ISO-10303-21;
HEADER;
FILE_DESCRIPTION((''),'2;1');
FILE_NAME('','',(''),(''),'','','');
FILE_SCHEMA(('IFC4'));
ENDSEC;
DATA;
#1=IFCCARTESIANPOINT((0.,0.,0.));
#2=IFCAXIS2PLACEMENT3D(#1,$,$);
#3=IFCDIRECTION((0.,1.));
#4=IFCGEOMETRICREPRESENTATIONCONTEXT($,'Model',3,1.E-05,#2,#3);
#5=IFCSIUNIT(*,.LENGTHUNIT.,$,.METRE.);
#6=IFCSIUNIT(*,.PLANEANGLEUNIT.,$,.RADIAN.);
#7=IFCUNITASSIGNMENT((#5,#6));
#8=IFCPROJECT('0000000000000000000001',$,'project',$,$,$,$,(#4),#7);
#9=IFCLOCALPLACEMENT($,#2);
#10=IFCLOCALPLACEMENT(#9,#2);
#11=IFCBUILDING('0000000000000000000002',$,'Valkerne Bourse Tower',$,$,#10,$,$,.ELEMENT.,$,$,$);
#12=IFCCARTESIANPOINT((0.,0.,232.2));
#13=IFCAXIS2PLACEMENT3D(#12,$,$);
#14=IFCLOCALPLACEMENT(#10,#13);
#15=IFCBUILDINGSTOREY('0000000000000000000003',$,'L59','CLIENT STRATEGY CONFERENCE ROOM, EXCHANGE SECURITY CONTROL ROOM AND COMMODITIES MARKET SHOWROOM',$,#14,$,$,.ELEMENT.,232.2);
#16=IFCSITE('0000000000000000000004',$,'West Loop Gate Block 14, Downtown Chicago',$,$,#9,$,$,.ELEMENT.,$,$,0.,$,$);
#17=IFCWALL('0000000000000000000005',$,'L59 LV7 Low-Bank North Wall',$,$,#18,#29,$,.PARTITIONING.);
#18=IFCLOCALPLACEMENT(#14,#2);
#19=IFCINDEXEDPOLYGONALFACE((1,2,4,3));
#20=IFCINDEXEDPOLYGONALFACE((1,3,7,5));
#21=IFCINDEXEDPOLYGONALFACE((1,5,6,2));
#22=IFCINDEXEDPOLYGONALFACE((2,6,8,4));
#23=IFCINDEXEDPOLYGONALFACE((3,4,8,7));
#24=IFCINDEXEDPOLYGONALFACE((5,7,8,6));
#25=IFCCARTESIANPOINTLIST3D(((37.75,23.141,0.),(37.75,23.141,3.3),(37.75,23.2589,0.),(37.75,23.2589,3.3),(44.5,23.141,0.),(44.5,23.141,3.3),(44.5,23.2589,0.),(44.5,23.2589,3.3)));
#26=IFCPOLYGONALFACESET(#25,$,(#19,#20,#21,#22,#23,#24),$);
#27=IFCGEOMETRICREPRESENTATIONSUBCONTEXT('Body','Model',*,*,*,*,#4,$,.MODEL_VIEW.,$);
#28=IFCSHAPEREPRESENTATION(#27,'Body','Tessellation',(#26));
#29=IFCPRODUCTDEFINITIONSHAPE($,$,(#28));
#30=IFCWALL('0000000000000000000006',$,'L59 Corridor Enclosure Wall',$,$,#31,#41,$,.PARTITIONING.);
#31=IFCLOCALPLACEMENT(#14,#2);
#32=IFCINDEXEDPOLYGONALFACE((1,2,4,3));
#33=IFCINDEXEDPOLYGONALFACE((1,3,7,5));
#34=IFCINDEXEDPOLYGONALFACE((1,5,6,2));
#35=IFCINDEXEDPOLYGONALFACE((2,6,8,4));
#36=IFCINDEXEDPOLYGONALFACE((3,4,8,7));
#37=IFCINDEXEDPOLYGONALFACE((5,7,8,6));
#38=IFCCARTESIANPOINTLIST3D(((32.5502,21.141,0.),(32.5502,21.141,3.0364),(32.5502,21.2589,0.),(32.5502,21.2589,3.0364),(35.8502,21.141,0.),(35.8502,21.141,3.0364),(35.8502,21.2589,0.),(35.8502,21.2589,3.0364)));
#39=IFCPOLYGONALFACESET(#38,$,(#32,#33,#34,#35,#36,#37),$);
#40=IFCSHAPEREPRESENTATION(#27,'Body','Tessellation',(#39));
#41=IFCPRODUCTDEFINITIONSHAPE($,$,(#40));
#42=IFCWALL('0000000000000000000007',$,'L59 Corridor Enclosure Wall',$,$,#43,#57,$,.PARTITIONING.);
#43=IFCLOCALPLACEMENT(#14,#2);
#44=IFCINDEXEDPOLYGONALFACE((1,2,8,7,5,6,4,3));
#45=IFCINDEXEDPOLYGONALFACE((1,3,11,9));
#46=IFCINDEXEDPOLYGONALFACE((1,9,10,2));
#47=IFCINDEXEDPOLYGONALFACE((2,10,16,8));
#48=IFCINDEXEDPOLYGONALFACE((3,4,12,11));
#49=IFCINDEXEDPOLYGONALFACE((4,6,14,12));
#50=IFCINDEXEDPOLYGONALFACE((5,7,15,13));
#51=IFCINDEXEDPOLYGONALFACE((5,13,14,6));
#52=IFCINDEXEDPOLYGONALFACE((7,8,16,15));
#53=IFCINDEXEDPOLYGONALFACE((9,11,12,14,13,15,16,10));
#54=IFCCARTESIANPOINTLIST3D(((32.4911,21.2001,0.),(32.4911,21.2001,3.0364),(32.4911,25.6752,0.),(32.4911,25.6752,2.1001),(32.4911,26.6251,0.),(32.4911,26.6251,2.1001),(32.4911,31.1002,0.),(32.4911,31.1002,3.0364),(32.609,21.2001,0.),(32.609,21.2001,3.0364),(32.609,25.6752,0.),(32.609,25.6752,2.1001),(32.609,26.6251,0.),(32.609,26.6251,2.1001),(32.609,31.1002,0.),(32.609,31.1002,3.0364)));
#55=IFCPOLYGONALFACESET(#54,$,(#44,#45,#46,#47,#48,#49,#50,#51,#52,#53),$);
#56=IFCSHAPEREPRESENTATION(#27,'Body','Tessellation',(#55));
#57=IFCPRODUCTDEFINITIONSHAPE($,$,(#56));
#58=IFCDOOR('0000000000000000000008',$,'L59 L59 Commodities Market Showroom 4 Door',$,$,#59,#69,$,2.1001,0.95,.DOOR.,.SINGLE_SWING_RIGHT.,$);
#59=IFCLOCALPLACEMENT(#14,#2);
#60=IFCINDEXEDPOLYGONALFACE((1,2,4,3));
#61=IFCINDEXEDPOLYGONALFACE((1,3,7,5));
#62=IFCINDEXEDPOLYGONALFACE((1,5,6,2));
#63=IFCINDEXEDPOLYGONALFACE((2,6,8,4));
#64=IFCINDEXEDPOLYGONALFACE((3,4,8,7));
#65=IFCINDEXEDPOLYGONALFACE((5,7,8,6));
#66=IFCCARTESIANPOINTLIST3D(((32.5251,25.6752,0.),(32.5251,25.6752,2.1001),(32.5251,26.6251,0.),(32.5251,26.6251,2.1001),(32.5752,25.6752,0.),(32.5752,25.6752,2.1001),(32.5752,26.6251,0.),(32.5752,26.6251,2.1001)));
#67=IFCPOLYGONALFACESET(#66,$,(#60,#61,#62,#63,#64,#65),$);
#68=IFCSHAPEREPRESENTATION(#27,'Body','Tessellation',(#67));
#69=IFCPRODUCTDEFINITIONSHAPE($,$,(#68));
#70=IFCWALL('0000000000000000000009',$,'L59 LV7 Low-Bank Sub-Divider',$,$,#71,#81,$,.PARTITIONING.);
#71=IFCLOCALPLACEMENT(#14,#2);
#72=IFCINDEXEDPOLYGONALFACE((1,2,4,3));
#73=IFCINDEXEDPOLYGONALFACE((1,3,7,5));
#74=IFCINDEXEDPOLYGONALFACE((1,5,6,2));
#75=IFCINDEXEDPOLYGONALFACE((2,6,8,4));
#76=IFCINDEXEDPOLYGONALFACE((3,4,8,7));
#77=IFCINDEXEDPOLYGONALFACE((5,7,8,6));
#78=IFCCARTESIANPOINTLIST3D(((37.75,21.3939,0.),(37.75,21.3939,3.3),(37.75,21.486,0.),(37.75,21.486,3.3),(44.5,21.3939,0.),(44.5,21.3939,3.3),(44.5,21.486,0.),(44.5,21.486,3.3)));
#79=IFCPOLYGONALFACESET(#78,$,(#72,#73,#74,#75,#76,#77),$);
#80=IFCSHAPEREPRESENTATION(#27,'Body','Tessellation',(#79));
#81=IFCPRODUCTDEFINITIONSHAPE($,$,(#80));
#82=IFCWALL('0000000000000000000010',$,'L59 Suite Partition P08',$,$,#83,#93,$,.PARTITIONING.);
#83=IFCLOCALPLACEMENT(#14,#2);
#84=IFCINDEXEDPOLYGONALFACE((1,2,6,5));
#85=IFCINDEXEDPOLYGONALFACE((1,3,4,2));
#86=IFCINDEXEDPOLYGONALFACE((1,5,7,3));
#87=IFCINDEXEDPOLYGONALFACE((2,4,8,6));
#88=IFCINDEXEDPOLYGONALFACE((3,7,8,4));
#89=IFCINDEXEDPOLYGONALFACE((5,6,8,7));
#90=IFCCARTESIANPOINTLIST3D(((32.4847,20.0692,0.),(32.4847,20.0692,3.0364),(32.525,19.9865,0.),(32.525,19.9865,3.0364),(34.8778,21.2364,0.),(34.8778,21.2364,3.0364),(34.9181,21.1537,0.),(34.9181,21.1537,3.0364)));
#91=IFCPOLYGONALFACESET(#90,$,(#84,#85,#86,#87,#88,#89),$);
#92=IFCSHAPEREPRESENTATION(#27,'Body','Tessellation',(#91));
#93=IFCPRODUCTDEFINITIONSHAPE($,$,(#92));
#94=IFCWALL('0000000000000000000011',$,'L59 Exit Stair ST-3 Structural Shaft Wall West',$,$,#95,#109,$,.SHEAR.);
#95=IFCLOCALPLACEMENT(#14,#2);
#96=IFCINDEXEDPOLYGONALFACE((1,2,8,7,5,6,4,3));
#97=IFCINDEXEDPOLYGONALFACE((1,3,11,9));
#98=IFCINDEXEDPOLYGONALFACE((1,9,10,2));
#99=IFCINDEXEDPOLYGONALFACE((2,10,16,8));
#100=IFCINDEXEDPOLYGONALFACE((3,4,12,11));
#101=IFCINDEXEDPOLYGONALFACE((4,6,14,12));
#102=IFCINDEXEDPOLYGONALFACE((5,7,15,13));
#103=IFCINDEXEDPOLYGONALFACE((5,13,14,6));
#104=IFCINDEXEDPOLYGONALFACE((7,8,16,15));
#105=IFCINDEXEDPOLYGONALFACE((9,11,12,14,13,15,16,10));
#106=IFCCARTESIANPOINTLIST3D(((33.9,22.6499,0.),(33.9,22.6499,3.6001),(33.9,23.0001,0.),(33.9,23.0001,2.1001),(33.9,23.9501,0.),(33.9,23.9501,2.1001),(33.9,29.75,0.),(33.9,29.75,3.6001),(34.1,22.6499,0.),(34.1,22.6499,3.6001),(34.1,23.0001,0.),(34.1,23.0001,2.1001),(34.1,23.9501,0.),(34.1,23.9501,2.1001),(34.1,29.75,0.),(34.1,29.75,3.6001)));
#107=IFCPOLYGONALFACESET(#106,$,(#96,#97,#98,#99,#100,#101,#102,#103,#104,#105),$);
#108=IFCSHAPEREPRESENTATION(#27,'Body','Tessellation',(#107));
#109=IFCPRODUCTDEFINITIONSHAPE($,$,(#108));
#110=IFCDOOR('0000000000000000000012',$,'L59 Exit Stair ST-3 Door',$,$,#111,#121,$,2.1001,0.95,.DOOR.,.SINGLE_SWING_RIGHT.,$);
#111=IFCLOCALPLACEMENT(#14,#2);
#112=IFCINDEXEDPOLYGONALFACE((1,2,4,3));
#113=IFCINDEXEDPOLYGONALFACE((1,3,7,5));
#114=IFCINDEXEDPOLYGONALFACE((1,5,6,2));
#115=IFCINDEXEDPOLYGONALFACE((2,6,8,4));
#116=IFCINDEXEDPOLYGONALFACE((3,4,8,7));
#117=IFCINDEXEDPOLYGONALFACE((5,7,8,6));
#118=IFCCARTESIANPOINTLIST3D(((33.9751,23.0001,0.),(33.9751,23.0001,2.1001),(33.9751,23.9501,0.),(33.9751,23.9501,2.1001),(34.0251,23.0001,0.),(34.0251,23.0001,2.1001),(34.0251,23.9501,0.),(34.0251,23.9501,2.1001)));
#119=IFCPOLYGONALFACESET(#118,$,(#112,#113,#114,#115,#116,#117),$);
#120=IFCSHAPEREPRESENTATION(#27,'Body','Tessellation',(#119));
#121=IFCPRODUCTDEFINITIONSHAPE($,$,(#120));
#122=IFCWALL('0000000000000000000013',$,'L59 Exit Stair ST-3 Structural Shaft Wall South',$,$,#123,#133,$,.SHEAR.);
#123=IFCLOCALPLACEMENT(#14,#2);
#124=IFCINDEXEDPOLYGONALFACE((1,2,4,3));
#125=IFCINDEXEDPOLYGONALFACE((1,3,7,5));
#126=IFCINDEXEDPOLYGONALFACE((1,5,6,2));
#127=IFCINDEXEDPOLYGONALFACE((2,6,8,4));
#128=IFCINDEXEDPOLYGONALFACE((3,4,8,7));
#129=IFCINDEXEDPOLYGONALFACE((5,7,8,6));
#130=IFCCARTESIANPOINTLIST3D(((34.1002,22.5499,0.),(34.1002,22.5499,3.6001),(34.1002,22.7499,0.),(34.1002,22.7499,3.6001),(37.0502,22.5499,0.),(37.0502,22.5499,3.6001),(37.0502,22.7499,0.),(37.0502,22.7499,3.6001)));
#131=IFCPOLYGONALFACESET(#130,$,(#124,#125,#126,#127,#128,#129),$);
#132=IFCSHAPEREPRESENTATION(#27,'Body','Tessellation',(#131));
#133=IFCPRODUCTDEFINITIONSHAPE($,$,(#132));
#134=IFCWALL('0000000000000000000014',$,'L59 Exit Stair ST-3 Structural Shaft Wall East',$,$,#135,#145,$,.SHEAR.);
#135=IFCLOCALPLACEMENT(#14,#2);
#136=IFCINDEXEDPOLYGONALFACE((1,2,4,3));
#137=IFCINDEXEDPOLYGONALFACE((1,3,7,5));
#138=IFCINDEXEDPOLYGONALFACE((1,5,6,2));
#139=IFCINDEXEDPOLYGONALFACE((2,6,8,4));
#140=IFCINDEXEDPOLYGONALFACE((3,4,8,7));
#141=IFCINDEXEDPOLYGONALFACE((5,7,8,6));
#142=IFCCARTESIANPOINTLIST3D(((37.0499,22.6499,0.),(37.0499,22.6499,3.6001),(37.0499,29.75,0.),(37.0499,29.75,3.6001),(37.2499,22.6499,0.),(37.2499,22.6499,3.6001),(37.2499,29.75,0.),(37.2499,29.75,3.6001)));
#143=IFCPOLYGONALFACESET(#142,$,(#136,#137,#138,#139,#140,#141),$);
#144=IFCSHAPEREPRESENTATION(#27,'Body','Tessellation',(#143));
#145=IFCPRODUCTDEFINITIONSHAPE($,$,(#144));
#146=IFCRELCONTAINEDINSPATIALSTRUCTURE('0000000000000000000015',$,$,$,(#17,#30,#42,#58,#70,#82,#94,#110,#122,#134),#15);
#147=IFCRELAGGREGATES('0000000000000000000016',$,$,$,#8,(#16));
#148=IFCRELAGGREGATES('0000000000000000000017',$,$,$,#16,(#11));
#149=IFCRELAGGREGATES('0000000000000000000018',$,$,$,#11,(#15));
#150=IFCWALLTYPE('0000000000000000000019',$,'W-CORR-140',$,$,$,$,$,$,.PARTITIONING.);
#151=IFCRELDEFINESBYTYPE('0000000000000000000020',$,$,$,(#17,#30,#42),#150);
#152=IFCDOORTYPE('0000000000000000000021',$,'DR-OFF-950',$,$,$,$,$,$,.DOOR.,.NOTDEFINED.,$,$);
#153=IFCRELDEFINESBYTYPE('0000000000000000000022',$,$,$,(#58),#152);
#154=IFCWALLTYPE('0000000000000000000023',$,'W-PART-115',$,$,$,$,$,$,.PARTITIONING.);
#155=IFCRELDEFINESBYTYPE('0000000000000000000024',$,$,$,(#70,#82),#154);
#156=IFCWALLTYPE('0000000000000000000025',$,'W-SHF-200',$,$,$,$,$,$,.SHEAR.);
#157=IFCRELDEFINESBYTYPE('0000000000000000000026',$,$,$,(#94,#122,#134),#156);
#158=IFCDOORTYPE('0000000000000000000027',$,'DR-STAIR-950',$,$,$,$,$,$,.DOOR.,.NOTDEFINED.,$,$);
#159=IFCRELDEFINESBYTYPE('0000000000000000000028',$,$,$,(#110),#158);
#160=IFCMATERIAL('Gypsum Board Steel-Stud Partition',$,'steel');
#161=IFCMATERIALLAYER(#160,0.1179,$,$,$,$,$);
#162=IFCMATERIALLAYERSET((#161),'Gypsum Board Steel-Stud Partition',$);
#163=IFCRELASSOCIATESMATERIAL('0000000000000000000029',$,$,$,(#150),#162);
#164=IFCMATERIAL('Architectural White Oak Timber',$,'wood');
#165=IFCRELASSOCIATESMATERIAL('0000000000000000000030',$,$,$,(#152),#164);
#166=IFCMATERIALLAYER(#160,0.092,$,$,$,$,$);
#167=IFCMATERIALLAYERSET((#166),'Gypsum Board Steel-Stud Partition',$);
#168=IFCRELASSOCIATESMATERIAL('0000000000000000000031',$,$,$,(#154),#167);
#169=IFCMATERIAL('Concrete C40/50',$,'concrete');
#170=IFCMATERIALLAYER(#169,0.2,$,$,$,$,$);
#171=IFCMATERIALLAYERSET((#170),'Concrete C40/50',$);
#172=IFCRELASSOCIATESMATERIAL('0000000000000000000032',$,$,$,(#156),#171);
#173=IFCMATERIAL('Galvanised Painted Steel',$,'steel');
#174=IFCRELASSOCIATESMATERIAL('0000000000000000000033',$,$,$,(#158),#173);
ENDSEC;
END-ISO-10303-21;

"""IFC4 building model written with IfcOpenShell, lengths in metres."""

from ifc_helpers import new_model, si_unit, direction, frame, frame_2d, origin, place, context, subcontext, project, spatial, rectangle, extrude, material, layer, layer_set, type_object, element, fill, save


model = new_model("IFC4")

# Units and contexts
model_context = context("Model", 3, precision=1e-05, world=origin(), true_north=direction((0.0, 1.0)))
body_context = subcontext(model_context, "Body", "Model", "MODEL_VIEW")
ifc_project = project(units=[si_unit("LENGTHUNIT", "METRE"), si_unit("PLANEANGLEUNIT", "RADIAN")], contexts=[model_context])

# Site, building, storey
site_placement = place(None, origin())
site = spatial("IfcSite", under=ifc_project, at=site_placement, Name="West Loop Gate Block 14, Downtown Chicago", CompositionType="ELEMENT", RefElevation=0.0)
building_placement = place(site_placement, origin())
building = spatial("IfcBuilding", under=site, at=building_placement, Name="Valkerne Bourse Tower", CompositionType="ELEMENT")
storey_placement = place(building_placement, frame((0.0, 0.0, 232.2)))
storey = spatial("IfcBuildingStorey", under=building, at=storey_placement, Name="L59", Description="CLIENT STRATEGY CONFERENCE ROOM, EXCHANGE SECURITY CONTROL ROOM AND COMMODITIES MARKET SHOWROOM", CompositionType="ELEMENT", Elevation=232.2)

# Walls
ifc_material_1 = material(Name="Gypsum Board Steel-Stud Partition", Category="steel")
ifc_layer_1 = layer(ifc_material_1, 0.1179)
ifc_layer_set_1 = layer_set([ifc_layer_1], Name="Gypsum Board Steel-Stud Partition")
wall_type_1 = type_object("IfcWallType", Name="W-CORR-140", PredefinedType="PARTITIONING", material=ifc_layer_set_1)
wall_1_placement = place(storey_placement, frame((37.75, 23.2, 0.0), z_axis=(0.0, 0.0, 1.0), x_axis=(1.0, 0.0, 0.0)))
element("IfcWall", 1, at=wall_1_placement, inside=storey, type_object=wall_type_1, Name="L59 LV7 Low-Bank North Wall", PredefinedType="PARTITIONING", context=body_context, shape_type="SweptSolid", body=[
    extrude(rectangle(XDim=6.75, YDim=0.1179, at=frame_2d((3.375, 0.0))), origin(), (0.0, 0.0, 1.0), 3.3),
])
wall_2_placement = place(storey_placement, frame((35.8501, 21.2, 0.0), z_axis=(0.0, 0.0, 1.0), x_axis=(-1.0, 0.0, 0.0)))
element("IfcWall", 2, at=wall_2_placement, inside=storey, type_object=wall_type_1, Name="L59 Corridor Enclosure Wall", PredefinedType="PARTITIONING", context=body_context, shape_type="SweptSolid", body=[
    extrude(rectangle(XDim=3.3, YDim=0.1179, at=frame_2d((1.6499, 0.0))), origin(), (0.0, 0.0, 1.0), 3.0364),
])

# Wall, opening, door
wall_3_placement = place(storey_placement, frame((32.55, 21.2, 0.0), z_axis=(0.0, 0.0, 1.0), x_axis=(0.0, 1.0, 0.0)))
wall_3 = element("IfcWall", 3, at=wall_3_placement, inside=storey, type_object=wall_type_1, Name="L59 Corridor Enclosure Wall", PredefinedType="PARTITIONING", context=body_context, shape_type="SweptSolid", body=[
    extrude(rectangle(XDim=9.9001, YDim=0.1179, at=frame_2d((4.9502, 0.0))), origin(), (0.0, 0.0, 1.0), 3.0364),
])
opening_1_placement = place(wall_3_placement, frame((4.4751, 0.0, 0.0)))
opening_1 = element("IfcOpeningElement", 4, at=opening_1_placement, cuts=wall_3, PredefinedType="OPENING", context=body_context, shape_type="SweptSolid", body=[
    extrude(rectangle(XDim=0.95, YDim=2.1001, at=frame_2d((0.4751, 1.05))), frame((0.0, 0.0688, 0.0), z_axis=(0.0, -1.0, 0.0), x_axis=(1.0, 0.0, 0.0)), (0.0, 0.0, 1.0), 0.1379),
])
ifc_material_2 = material(Name="Architectural White Oak Timber", Category="wood")
door_type_1 = type_object("IfcDoorType", Name="DR-OFF-950", OperationType="NOTDEFINED", PredefinedType="DOOR", material=ifc_material_2)
door_1_placement = place(opening_1_placement, origin())
door_1 = element("IfcDoor", 5, at=door_1_placement, inside=storey, type_object=door_type_1, Name="L59 L59 Commodities Market Showroom 4 Door", OperationType="SINGLE_SWING_RIGHT", OverallHeight=2.1001, OverallWidth=0.95, PredefinedType="DOOR", context=body_context, shape_type="SweptSolid", body=[
    extrude(rectangle(XDim=0.95, YDim=2.1001, at=frame_2d((0.4751, 1.05))), frame((0.0, 0.0249, 0.0), z_axis=(0.0, -1.0, 0.0), x_axis=(1.0, 0.0, 0.0)), (0.0, 0.0, 1.0), 0.05),
])
fill(opening_1, door_1)

# Walls
ifc_layer_2 = layer(ifc_material_1, 0.092)
ifc_layer_set_2 = layer_set([ifc_layer_2], Name="Gypsum Board Steel-Stud Partition")
wall_type_2 = type_object("IfcWallType", Name="W-PART-115", PredefinedType="PARTITIONING", material=ifc_layer_set_2)
wall_4_placement = place(storey_placement, frame((37.75, 21.4399, 0.0), z_axis=(0.0, 0.0, 1.0), x_axis=(1.0, 0.0, 0.0)))
element("IfcWall", 6, at=wall_4_placement, inside=storey, type_object=wall_type_2, Name="L59 LV7 Low-Bank Sub-Divider", PredefinedType="PARTITIONING", context=body_context, shape_type="SweptSolid", body=[
    extrude(rectangle(XDim=6.75, YDim=0.092, at=frame_2d((3.375, 0.0))), origin(), (0.0, 0.0, 1.0), 3.3),
])
wall_5_placement = place(storey_placement, frame((34.8979, 21.1951, 0.0), z_axis=(0.0, 0.0, 1.0), x_axis=(-0.898785, -0.438389, 0.0)))
element("IfcWall", 7, at=wall_5_placement, inside=storey, type_object=wall_type_2, Name="L59 Suite Partition P08", PredefinedType="PARTITIONING", context=body_context, shape_type="SweptSolid", body=[
    extrude(rectangle(XDim=2.6626, YDim=0.092, at=frame_2d((1.3313, 0.0))), origin(), (0.0, 0.0, 1.0), 3.0364),
])

# Wall, opening, door
ifc_material_3 = material(Name="Concrete C40/50", Category="concrete")
ifc_layer_3 = layer(ifc_material_3, 0.2)
ifc_layer_set_3 = layer_set([ifc_layer_3], Name="Concrete C40/50")
wall_type_3 = type_object("IfcWallType", Name="W-SHF-200", PredefinedType="SHEAR", material=ifc_layer_set_3)
wall_6_placement = place(storey_placement, frame((34.0, 22.6499, 0.0), z_axis=(0.0, 0.0, 1.0), x_axis=(0.0, 1.0, 0.0)))
wall_6 = element("IfcWall", 8, at=wall_6_placement, inside=storey, type_object=wall_type_3, Name="L59 Exit Stair ST-3 Structural Shaft Wall West", PredefinedType="SHEAR", context=body_context, shape_type="SweptSolid", body=[
    extrude(rectangle(XDim=7.1001, YDim=0.2, at=frame_2d((3.55, 0.0))), origin(), (0.0, 0.0, 1.0), 3.6001),
])
opening_2_placement = place(wall_6_placement, frame((0.3501, 0.0, 0.0)))
opening_2 = element("IfcOpeningElement", 9, at=opening_2_placement, cuts=wall_6, PredefinedType="OPENING", context=body_context, shape_type="SweptSolid", body=[
    extrude(rectangle(XDim=0.95, YDim=2.1001, at=frame_2d((0.4751, 1.05))), frame((0.0, 0.1099, 0.0), z_axis=(0.0, -1.0, 0.0), x_axis=(1.0, 0.0, 0.0)), (0.0, 0.0, 1.0), 0.22),
])
ifc_material_4 = material(Name="Galvanised Painted Steel", Category="steel")
door_type_2 = type_object("IfcDoorType", Name="DR-STAIR-950", OperationType="NOTDEFINED", PredefinedType="DOOR", material=ifc_material_4)
door_2_placement = place(opening_2_placement, origin())
door_2 = element("IfcDoor", 10, at=door_2_placement, inside=storey, type_object=door_type_2, Name="L59 Exit Stair ST-3 Door", OperationType="SINGLE_SWING_RIGHT", OverallHeight=2.1001, OverallWidth=0.95, PredefinedType="DOOR", context=body_context, shape_type="SweptSolid", body=[
    extrude(rectangle(XDim=0.95, YDim=2.1001, at=frame_2d((0.4751, 1.05))), frame((0.0, 0.0249, 0.0), z_axis=(0.0, -1.0, 0.0), x_axis=(1.0, 0.0, 0.0)), (0.0, 0.0, 1.0), 0.05),
])
fill(opening_2, door_2)

# Walls
wall_7_placement = place(storey_placement, frame((34.1001, 22.6499, 0.0), z_axis=(0.0, 0.0, 1.0), x_axis=(1.0, 0.0, 0.0)))
element("IfcWall", 11, at=wall_7_placement, inside=storey, type_object=wall_type_3, Name="L59 Exit Stair ST-3 Structural Shaft Wall South", PredefinedType="SHEAR", context=body_context, shape_type="SweptSolid", body=[
    extrude(rectangle(XDim=2.95, YDim=0.2, at=frame_2d((1.4751, 0.0))), origin(), (0.0, 0.0, 1.0), 3.6001),
])
wall_8_placement = place(storey_placement, frame((37.1499, 22.6499, 0.0), z_axis=(0.0, 0.0, 1.0), x_axis=(0.0, 1.0, 0.0)))
element("IfcWall", 12, at=wall_8_placement, inside=storey, type_object=wall_type_3, Name="L59 Exit Stair ST-3 Structural Shaft Wall East", PredefinedType="SHEAR", context=body_context, shape_type="SweptSolid", body=[
    extrude(rectangle(XDim=7.1001, YDim=0.2, at=frame_2d((3.55, 0.0))), origin(), (0.0, 0.0, 1.0), 3.6001),
])

save(model, "model.ifc")
